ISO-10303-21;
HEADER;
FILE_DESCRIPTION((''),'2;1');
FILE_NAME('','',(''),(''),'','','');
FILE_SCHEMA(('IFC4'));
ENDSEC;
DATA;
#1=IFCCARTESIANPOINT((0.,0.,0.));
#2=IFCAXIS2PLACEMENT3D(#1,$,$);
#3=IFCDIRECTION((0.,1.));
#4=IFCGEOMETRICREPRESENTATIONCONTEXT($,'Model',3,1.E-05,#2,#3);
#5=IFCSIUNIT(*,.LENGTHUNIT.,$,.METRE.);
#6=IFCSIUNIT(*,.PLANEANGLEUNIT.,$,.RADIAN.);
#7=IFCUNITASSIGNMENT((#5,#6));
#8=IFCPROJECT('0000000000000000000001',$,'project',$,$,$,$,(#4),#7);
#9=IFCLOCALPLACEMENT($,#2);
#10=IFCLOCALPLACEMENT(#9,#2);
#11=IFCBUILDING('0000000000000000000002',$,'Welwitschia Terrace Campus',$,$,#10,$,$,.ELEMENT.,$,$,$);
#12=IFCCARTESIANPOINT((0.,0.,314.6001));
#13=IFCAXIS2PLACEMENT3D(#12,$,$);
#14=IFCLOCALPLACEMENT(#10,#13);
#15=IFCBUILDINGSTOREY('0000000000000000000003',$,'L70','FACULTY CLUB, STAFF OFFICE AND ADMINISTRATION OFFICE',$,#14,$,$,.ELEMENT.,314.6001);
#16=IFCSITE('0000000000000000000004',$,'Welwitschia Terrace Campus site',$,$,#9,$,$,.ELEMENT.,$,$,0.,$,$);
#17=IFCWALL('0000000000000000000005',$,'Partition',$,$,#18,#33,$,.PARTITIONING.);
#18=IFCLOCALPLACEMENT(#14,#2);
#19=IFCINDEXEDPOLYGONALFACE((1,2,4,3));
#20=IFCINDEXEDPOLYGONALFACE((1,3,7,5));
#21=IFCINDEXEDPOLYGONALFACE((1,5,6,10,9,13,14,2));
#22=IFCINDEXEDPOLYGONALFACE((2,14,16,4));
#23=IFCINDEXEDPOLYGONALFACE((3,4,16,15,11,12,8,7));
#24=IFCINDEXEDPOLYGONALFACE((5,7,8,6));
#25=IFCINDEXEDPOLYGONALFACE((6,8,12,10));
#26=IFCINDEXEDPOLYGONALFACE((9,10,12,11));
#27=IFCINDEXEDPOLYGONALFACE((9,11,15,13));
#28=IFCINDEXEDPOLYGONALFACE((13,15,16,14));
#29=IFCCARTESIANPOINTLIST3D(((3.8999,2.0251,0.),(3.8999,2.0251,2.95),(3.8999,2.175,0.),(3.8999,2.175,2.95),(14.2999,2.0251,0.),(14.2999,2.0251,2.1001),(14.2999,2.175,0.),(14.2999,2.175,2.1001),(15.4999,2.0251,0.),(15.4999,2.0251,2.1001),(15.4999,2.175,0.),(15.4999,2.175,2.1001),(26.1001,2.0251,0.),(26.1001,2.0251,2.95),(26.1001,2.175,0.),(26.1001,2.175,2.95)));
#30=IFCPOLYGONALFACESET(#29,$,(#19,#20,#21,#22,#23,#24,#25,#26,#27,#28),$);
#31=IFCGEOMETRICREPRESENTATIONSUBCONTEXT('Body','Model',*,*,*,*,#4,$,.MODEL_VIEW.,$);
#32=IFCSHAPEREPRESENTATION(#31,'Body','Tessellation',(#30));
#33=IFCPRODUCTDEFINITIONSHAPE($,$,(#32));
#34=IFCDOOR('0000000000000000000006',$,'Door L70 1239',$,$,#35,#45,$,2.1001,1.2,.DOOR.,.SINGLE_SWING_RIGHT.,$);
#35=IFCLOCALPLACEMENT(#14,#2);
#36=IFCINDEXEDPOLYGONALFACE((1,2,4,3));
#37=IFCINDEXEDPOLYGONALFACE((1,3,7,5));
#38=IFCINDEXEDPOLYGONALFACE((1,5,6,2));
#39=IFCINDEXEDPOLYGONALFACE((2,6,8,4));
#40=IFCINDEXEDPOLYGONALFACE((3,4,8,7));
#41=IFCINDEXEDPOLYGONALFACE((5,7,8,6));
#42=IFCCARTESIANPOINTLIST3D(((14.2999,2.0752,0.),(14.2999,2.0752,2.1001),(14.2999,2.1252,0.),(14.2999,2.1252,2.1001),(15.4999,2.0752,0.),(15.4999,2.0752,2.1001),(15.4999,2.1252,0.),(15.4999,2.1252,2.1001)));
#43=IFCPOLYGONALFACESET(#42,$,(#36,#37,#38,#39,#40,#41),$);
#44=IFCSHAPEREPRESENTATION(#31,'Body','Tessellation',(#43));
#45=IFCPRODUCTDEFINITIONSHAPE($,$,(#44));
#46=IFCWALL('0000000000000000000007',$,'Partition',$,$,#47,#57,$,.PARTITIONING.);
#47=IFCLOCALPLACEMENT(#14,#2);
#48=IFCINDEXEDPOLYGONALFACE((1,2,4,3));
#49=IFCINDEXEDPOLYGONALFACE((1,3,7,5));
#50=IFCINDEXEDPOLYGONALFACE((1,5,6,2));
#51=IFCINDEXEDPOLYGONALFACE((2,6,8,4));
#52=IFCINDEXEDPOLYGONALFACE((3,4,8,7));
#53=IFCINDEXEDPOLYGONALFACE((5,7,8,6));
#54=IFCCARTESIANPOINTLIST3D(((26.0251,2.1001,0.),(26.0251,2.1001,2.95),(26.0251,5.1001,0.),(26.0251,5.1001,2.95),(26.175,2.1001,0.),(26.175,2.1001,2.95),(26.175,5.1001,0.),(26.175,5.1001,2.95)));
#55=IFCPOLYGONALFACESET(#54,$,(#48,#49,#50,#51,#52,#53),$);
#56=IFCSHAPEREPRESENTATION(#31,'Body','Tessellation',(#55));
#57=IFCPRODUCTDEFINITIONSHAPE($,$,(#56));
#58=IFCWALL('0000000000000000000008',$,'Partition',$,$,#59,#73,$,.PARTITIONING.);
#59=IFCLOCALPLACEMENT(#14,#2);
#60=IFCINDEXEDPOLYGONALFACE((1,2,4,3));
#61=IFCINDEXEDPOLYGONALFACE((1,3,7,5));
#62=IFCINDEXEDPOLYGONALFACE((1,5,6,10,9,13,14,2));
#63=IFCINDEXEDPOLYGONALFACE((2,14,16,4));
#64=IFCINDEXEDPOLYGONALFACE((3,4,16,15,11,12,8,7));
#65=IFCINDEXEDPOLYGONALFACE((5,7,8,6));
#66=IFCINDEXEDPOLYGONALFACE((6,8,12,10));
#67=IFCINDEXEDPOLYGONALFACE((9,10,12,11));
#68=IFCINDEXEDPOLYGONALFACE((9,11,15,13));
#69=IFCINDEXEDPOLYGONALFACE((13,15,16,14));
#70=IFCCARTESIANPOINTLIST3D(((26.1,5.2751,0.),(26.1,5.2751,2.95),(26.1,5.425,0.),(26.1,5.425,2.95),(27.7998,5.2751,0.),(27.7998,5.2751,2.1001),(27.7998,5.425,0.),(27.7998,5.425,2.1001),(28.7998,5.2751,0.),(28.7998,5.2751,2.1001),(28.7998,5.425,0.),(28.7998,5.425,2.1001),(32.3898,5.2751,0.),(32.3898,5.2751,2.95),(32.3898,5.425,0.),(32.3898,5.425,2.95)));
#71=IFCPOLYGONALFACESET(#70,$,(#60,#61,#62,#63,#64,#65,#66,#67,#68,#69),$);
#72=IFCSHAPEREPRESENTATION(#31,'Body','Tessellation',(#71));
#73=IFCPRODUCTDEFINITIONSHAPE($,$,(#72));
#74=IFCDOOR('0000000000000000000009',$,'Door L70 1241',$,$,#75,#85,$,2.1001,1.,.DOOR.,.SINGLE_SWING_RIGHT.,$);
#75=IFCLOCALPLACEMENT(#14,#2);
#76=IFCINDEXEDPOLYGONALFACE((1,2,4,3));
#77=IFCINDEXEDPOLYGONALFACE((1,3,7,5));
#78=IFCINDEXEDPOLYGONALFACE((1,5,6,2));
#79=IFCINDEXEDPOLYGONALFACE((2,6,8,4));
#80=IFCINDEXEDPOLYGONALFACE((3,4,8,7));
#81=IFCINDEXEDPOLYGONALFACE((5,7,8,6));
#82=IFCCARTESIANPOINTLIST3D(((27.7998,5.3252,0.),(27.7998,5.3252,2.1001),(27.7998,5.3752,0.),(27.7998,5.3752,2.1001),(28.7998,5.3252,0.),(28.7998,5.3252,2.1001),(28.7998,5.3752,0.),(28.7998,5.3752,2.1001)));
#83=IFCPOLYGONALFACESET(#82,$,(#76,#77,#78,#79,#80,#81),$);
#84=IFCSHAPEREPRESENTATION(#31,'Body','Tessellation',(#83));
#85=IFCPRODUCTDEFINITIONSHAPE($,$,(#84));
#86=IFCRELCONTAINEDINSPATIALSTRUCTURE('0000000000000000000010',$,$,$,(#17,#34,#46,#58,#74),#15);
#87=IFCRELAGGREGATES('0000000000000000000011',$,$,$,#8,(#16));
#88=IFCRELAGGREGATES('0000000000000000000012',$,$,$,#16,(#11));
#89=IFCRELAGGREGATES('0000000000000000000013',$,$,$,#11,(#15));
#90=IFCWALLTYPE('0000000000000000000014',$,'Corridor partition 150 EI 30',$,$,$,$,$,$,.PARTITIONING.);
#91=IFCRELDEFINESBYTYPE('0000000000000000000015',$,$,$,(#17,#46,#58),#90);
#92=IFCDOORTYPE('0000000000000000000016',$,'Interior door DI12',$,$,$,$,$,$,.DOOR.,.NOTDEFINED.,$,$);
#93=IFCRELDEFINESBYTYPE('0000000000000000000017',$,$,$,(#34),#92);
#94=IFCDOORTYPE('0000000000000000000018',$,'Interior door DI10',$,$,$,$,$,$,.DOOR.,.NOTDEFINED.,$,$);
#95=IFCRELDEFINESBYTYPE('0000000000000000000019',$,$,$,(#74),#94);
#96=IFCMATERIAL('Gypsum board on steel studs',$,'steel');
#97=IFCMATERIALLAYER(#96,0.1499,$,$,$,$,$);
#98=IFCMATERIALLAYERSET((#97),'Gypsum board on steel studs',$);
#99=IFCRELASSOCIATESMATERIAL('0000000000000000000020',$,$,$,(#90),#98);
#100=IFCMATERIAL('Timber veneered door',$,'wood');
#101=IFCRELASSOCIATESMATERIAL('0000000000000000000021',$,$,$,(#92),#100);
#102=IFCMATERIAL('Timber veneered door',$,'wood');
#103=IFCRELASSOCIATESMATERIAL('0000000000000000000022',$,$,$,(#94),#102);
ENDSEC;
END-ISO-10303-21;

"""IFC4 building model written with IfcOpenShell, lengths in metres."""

from ifc_helpers import new_model, si_unit, direction, frame, frame_2d, origin, place, context, subcontext, project, spatial, rectangle, extrude, material, layer, layer_set, type_object, element, fill, save


model = new_model("IFC4")

# Units and contexts
model_context = context("Model", 3, precision=1e-05, world=origin(), true_north=direction((0.0, 1.0)))
body_context = subcontext(model_context, "Body", "Model", "MODEL_VIEW")
ifc_project = project(units=[si_unit("LENGTHUNIT", "METRE"), si_unit("PLANEANGLEUNIT", "RADIAN")], contexts=[model_context])

# Site, building, storey
site_placement = place(None, origin())
site = spatial("IfcSite", under=ifc_project, at=site_placement, Name="Welwitschia Terrace Campus site", CompositionType="ELEMENT", RefElevation=0.0)
building_placement = place(site_placement, origin())
building = spatial("IfcBuilding", under=site, at=building_placement, Name="Welwitschia Terrace Campus", CompositionType="ELEMENT")
storey_placement = place(building_placement, frame((0.0, 0.0, 314.6001)))
storey = spatial("IfcBuildingStorey", under=building, at=storey_placement, Name="L70", Description="FACULTY CLUB, STAFF OFFICE AND ADMINISTRATION OFFICE", CompositionType="ELEMENT", Elevation=314.6001)

# Shared definitions
ifc_material_1 = material(Name="Gypsum board on steel studs", Category="steel")
ifc_layer_1 = layer(ifc_material_1, 0.1499)
ifc_layer_set_1 = layer_set([ifc_layer_1], Name="Gypsum board on steel studs")
wall_type = type_object("IfcWallType", Name="Corridor partition 150 EI 30", PredefinedType="PARTITIONING", material=ifc_layer_set_1)

# Wall, opening, door
wall_1_placement = place(storey_placement, frame((26.1001, 2.1001, 0.0), z_axis=(0.0, 0.0, 1.0), x_axis=(-1.0, 0.0, 0.0)))
wall_1 = element("IfcWall", 1, at=wall_1_placement, inside=storey, type_object=wall_type, Name="Partition", PredefinedType="PARTITIONING", context=body_context, shape_type="SweptSolid", body=[
    extrude(rectangle(XDim=22.2002, YDim=0.1499, at=frame_2d((11.1001, 0.0))), origin(), (0.0, 0.0, 1.0), 2.95),
])
opening_1_placement = place(wall_1_placement, frame((10.6001, 0.0, 0.0)))
opening_1 = element("IfcOpeningElement", 2, at=opening_1_placement, cuts=wall_1, PredefinedType="OPENING", context=body_context, shape_type="SweptSolid", body=[
    extrude(rectangle(XDim=1.2, YDim=2.1001, at=frame_2d((0.6001, 1.05))), frame((0.0, 0.085, 0.0), z_axis=(0.0, -1.0, 0.0), x_axis=(1.0, 0.0, 0.0)), (0.0, 0.0, 1.0), 0.1699),
])
ifc_material_2 = material(Name="Timber veneered door", Category="wood")
door_type_1 = type_object("IfcDoorType", Name="Interior door DI12", OperationType="NOTDEFINED", PredefinedType="DOOR", material=ifc_material_2)
door_1_placement = place(opening_1_placement, origin())
door_1 = element("IfcDoor", 3, at=door_1_placement, inside=storey, type_object=door_type_1, Name="Door L70 1239", OperationType="SINGLE_SWING_RIGHT", OverallHeight=2.1001, OverallWidth=1.2, PredefinedType="DOOR", context=body_context, shape_type="SweptSolid", body=[
    extrude(rectangle(XDim=1.2, YDim=2.1001, at=frame_2d((0.6001, 1.05))), frame((0.0, 0.0249, 0.0), z_axis=(0.0, -1.0, 0.0), x_axis=(1.0, 0.0, 0.0)), (0.0, 0.0, 1.0), 0.05),
])
fill(opening_1, door_1)

# Wall
wall_2_placement = place(storey_placement, frame((26.1001, 2.1001, 0.0), z_axis=(0.0, 0.0, 1.0), x_axis=(0.0, 1.0, 0.0)))
element("IfcWall", 4, at=wall_2_placement, inside=storey, type_object=wall_type, Name="Partition", PredefinedType="PARTITIONING", context=body_context, shape_type="SweptSolid", body=[
    extrude(rectangle(XDim=3.0, YDim=0.1499, at=frame_2d((1.5, 0.0))), origin(), (0.0, 0.0, 1.0), 2.95),
])

# Wall, opening, door
wall_3_placement = place(storey_placement, frame((32.3899, 5.3501, 0.0), z_axis=(0.0, 0.0, 1.0), x_axis=(-1.0, 0.0, 0.0)))
wall_3 = element("IfcWall", 5, at=wall_3_placement, inside=storey, type_object=wall_type, Name="Partition", PredefinedType="PARTITIONING", context=body_context, shape_type="SweptSolid", body=[
    extrude(rectangle(XDim=6.2898, YDim=0.1499, at=frame_2d((3.145, 0.0))), origin(), (0.0, 0.0, 1.0), 2.95),
])
opening_2_placement = place(wall_3_placement, frame((3.5901, 0.0, 0.0)))
opening_2 = element("IfcOpeningElement", 6, at=opening_2_placement, cuts=wall_3, PredefinedType="OPENING", context=body_context, shape_type="SweptSolid", body=[
    extrude(rectangle(XDim=1.0, YDim=2.1001, at=frame_2d((0.5, 1.05))), frame((0.0, 0.085, 0.0), z_axis=(0.0, -1.0, 0.0), x_axis=(1.0, 0.0, 0.0)), (0.0, 0.0, 1.0), 0.1699),
])
ifc_material_3 = material(Name="Timber veneered door", Category="wood")
door_type_2 = type_object("IfcDoorType", Name="Interior door DI10", OperationType="NOTDEFINED", PredefinedType="DOOR", material=ifc_material_3)
door_2_placement = place(opening_2_placement, origin())
door_2 = element("IfcDoor", 7, at=door_2_placement, inside=storey, type_object=door_type_2, Name="Door L70 1241", OperationType="SINGLE_SWING_RIGHT", OverallHeight=2.1001, OverallWidth=1.0, PredefinedType="DOOR", context=body_context, shape_type="SweptSolid", body=[
    extrude(rectangle(XDim=1.0, YDim=2.1001, at=frame_2d((0.5, 1.05))), frame((0.0, 0.0249, 0.0), z_axis=(0.0, -1.0, 0.0), x_axis=(1.0, 0.0, 0.0)), (0.0, 0.0, 1.0), 0.05),
])
fill(opening_2, door_2)

save(model, "model.ifc")
